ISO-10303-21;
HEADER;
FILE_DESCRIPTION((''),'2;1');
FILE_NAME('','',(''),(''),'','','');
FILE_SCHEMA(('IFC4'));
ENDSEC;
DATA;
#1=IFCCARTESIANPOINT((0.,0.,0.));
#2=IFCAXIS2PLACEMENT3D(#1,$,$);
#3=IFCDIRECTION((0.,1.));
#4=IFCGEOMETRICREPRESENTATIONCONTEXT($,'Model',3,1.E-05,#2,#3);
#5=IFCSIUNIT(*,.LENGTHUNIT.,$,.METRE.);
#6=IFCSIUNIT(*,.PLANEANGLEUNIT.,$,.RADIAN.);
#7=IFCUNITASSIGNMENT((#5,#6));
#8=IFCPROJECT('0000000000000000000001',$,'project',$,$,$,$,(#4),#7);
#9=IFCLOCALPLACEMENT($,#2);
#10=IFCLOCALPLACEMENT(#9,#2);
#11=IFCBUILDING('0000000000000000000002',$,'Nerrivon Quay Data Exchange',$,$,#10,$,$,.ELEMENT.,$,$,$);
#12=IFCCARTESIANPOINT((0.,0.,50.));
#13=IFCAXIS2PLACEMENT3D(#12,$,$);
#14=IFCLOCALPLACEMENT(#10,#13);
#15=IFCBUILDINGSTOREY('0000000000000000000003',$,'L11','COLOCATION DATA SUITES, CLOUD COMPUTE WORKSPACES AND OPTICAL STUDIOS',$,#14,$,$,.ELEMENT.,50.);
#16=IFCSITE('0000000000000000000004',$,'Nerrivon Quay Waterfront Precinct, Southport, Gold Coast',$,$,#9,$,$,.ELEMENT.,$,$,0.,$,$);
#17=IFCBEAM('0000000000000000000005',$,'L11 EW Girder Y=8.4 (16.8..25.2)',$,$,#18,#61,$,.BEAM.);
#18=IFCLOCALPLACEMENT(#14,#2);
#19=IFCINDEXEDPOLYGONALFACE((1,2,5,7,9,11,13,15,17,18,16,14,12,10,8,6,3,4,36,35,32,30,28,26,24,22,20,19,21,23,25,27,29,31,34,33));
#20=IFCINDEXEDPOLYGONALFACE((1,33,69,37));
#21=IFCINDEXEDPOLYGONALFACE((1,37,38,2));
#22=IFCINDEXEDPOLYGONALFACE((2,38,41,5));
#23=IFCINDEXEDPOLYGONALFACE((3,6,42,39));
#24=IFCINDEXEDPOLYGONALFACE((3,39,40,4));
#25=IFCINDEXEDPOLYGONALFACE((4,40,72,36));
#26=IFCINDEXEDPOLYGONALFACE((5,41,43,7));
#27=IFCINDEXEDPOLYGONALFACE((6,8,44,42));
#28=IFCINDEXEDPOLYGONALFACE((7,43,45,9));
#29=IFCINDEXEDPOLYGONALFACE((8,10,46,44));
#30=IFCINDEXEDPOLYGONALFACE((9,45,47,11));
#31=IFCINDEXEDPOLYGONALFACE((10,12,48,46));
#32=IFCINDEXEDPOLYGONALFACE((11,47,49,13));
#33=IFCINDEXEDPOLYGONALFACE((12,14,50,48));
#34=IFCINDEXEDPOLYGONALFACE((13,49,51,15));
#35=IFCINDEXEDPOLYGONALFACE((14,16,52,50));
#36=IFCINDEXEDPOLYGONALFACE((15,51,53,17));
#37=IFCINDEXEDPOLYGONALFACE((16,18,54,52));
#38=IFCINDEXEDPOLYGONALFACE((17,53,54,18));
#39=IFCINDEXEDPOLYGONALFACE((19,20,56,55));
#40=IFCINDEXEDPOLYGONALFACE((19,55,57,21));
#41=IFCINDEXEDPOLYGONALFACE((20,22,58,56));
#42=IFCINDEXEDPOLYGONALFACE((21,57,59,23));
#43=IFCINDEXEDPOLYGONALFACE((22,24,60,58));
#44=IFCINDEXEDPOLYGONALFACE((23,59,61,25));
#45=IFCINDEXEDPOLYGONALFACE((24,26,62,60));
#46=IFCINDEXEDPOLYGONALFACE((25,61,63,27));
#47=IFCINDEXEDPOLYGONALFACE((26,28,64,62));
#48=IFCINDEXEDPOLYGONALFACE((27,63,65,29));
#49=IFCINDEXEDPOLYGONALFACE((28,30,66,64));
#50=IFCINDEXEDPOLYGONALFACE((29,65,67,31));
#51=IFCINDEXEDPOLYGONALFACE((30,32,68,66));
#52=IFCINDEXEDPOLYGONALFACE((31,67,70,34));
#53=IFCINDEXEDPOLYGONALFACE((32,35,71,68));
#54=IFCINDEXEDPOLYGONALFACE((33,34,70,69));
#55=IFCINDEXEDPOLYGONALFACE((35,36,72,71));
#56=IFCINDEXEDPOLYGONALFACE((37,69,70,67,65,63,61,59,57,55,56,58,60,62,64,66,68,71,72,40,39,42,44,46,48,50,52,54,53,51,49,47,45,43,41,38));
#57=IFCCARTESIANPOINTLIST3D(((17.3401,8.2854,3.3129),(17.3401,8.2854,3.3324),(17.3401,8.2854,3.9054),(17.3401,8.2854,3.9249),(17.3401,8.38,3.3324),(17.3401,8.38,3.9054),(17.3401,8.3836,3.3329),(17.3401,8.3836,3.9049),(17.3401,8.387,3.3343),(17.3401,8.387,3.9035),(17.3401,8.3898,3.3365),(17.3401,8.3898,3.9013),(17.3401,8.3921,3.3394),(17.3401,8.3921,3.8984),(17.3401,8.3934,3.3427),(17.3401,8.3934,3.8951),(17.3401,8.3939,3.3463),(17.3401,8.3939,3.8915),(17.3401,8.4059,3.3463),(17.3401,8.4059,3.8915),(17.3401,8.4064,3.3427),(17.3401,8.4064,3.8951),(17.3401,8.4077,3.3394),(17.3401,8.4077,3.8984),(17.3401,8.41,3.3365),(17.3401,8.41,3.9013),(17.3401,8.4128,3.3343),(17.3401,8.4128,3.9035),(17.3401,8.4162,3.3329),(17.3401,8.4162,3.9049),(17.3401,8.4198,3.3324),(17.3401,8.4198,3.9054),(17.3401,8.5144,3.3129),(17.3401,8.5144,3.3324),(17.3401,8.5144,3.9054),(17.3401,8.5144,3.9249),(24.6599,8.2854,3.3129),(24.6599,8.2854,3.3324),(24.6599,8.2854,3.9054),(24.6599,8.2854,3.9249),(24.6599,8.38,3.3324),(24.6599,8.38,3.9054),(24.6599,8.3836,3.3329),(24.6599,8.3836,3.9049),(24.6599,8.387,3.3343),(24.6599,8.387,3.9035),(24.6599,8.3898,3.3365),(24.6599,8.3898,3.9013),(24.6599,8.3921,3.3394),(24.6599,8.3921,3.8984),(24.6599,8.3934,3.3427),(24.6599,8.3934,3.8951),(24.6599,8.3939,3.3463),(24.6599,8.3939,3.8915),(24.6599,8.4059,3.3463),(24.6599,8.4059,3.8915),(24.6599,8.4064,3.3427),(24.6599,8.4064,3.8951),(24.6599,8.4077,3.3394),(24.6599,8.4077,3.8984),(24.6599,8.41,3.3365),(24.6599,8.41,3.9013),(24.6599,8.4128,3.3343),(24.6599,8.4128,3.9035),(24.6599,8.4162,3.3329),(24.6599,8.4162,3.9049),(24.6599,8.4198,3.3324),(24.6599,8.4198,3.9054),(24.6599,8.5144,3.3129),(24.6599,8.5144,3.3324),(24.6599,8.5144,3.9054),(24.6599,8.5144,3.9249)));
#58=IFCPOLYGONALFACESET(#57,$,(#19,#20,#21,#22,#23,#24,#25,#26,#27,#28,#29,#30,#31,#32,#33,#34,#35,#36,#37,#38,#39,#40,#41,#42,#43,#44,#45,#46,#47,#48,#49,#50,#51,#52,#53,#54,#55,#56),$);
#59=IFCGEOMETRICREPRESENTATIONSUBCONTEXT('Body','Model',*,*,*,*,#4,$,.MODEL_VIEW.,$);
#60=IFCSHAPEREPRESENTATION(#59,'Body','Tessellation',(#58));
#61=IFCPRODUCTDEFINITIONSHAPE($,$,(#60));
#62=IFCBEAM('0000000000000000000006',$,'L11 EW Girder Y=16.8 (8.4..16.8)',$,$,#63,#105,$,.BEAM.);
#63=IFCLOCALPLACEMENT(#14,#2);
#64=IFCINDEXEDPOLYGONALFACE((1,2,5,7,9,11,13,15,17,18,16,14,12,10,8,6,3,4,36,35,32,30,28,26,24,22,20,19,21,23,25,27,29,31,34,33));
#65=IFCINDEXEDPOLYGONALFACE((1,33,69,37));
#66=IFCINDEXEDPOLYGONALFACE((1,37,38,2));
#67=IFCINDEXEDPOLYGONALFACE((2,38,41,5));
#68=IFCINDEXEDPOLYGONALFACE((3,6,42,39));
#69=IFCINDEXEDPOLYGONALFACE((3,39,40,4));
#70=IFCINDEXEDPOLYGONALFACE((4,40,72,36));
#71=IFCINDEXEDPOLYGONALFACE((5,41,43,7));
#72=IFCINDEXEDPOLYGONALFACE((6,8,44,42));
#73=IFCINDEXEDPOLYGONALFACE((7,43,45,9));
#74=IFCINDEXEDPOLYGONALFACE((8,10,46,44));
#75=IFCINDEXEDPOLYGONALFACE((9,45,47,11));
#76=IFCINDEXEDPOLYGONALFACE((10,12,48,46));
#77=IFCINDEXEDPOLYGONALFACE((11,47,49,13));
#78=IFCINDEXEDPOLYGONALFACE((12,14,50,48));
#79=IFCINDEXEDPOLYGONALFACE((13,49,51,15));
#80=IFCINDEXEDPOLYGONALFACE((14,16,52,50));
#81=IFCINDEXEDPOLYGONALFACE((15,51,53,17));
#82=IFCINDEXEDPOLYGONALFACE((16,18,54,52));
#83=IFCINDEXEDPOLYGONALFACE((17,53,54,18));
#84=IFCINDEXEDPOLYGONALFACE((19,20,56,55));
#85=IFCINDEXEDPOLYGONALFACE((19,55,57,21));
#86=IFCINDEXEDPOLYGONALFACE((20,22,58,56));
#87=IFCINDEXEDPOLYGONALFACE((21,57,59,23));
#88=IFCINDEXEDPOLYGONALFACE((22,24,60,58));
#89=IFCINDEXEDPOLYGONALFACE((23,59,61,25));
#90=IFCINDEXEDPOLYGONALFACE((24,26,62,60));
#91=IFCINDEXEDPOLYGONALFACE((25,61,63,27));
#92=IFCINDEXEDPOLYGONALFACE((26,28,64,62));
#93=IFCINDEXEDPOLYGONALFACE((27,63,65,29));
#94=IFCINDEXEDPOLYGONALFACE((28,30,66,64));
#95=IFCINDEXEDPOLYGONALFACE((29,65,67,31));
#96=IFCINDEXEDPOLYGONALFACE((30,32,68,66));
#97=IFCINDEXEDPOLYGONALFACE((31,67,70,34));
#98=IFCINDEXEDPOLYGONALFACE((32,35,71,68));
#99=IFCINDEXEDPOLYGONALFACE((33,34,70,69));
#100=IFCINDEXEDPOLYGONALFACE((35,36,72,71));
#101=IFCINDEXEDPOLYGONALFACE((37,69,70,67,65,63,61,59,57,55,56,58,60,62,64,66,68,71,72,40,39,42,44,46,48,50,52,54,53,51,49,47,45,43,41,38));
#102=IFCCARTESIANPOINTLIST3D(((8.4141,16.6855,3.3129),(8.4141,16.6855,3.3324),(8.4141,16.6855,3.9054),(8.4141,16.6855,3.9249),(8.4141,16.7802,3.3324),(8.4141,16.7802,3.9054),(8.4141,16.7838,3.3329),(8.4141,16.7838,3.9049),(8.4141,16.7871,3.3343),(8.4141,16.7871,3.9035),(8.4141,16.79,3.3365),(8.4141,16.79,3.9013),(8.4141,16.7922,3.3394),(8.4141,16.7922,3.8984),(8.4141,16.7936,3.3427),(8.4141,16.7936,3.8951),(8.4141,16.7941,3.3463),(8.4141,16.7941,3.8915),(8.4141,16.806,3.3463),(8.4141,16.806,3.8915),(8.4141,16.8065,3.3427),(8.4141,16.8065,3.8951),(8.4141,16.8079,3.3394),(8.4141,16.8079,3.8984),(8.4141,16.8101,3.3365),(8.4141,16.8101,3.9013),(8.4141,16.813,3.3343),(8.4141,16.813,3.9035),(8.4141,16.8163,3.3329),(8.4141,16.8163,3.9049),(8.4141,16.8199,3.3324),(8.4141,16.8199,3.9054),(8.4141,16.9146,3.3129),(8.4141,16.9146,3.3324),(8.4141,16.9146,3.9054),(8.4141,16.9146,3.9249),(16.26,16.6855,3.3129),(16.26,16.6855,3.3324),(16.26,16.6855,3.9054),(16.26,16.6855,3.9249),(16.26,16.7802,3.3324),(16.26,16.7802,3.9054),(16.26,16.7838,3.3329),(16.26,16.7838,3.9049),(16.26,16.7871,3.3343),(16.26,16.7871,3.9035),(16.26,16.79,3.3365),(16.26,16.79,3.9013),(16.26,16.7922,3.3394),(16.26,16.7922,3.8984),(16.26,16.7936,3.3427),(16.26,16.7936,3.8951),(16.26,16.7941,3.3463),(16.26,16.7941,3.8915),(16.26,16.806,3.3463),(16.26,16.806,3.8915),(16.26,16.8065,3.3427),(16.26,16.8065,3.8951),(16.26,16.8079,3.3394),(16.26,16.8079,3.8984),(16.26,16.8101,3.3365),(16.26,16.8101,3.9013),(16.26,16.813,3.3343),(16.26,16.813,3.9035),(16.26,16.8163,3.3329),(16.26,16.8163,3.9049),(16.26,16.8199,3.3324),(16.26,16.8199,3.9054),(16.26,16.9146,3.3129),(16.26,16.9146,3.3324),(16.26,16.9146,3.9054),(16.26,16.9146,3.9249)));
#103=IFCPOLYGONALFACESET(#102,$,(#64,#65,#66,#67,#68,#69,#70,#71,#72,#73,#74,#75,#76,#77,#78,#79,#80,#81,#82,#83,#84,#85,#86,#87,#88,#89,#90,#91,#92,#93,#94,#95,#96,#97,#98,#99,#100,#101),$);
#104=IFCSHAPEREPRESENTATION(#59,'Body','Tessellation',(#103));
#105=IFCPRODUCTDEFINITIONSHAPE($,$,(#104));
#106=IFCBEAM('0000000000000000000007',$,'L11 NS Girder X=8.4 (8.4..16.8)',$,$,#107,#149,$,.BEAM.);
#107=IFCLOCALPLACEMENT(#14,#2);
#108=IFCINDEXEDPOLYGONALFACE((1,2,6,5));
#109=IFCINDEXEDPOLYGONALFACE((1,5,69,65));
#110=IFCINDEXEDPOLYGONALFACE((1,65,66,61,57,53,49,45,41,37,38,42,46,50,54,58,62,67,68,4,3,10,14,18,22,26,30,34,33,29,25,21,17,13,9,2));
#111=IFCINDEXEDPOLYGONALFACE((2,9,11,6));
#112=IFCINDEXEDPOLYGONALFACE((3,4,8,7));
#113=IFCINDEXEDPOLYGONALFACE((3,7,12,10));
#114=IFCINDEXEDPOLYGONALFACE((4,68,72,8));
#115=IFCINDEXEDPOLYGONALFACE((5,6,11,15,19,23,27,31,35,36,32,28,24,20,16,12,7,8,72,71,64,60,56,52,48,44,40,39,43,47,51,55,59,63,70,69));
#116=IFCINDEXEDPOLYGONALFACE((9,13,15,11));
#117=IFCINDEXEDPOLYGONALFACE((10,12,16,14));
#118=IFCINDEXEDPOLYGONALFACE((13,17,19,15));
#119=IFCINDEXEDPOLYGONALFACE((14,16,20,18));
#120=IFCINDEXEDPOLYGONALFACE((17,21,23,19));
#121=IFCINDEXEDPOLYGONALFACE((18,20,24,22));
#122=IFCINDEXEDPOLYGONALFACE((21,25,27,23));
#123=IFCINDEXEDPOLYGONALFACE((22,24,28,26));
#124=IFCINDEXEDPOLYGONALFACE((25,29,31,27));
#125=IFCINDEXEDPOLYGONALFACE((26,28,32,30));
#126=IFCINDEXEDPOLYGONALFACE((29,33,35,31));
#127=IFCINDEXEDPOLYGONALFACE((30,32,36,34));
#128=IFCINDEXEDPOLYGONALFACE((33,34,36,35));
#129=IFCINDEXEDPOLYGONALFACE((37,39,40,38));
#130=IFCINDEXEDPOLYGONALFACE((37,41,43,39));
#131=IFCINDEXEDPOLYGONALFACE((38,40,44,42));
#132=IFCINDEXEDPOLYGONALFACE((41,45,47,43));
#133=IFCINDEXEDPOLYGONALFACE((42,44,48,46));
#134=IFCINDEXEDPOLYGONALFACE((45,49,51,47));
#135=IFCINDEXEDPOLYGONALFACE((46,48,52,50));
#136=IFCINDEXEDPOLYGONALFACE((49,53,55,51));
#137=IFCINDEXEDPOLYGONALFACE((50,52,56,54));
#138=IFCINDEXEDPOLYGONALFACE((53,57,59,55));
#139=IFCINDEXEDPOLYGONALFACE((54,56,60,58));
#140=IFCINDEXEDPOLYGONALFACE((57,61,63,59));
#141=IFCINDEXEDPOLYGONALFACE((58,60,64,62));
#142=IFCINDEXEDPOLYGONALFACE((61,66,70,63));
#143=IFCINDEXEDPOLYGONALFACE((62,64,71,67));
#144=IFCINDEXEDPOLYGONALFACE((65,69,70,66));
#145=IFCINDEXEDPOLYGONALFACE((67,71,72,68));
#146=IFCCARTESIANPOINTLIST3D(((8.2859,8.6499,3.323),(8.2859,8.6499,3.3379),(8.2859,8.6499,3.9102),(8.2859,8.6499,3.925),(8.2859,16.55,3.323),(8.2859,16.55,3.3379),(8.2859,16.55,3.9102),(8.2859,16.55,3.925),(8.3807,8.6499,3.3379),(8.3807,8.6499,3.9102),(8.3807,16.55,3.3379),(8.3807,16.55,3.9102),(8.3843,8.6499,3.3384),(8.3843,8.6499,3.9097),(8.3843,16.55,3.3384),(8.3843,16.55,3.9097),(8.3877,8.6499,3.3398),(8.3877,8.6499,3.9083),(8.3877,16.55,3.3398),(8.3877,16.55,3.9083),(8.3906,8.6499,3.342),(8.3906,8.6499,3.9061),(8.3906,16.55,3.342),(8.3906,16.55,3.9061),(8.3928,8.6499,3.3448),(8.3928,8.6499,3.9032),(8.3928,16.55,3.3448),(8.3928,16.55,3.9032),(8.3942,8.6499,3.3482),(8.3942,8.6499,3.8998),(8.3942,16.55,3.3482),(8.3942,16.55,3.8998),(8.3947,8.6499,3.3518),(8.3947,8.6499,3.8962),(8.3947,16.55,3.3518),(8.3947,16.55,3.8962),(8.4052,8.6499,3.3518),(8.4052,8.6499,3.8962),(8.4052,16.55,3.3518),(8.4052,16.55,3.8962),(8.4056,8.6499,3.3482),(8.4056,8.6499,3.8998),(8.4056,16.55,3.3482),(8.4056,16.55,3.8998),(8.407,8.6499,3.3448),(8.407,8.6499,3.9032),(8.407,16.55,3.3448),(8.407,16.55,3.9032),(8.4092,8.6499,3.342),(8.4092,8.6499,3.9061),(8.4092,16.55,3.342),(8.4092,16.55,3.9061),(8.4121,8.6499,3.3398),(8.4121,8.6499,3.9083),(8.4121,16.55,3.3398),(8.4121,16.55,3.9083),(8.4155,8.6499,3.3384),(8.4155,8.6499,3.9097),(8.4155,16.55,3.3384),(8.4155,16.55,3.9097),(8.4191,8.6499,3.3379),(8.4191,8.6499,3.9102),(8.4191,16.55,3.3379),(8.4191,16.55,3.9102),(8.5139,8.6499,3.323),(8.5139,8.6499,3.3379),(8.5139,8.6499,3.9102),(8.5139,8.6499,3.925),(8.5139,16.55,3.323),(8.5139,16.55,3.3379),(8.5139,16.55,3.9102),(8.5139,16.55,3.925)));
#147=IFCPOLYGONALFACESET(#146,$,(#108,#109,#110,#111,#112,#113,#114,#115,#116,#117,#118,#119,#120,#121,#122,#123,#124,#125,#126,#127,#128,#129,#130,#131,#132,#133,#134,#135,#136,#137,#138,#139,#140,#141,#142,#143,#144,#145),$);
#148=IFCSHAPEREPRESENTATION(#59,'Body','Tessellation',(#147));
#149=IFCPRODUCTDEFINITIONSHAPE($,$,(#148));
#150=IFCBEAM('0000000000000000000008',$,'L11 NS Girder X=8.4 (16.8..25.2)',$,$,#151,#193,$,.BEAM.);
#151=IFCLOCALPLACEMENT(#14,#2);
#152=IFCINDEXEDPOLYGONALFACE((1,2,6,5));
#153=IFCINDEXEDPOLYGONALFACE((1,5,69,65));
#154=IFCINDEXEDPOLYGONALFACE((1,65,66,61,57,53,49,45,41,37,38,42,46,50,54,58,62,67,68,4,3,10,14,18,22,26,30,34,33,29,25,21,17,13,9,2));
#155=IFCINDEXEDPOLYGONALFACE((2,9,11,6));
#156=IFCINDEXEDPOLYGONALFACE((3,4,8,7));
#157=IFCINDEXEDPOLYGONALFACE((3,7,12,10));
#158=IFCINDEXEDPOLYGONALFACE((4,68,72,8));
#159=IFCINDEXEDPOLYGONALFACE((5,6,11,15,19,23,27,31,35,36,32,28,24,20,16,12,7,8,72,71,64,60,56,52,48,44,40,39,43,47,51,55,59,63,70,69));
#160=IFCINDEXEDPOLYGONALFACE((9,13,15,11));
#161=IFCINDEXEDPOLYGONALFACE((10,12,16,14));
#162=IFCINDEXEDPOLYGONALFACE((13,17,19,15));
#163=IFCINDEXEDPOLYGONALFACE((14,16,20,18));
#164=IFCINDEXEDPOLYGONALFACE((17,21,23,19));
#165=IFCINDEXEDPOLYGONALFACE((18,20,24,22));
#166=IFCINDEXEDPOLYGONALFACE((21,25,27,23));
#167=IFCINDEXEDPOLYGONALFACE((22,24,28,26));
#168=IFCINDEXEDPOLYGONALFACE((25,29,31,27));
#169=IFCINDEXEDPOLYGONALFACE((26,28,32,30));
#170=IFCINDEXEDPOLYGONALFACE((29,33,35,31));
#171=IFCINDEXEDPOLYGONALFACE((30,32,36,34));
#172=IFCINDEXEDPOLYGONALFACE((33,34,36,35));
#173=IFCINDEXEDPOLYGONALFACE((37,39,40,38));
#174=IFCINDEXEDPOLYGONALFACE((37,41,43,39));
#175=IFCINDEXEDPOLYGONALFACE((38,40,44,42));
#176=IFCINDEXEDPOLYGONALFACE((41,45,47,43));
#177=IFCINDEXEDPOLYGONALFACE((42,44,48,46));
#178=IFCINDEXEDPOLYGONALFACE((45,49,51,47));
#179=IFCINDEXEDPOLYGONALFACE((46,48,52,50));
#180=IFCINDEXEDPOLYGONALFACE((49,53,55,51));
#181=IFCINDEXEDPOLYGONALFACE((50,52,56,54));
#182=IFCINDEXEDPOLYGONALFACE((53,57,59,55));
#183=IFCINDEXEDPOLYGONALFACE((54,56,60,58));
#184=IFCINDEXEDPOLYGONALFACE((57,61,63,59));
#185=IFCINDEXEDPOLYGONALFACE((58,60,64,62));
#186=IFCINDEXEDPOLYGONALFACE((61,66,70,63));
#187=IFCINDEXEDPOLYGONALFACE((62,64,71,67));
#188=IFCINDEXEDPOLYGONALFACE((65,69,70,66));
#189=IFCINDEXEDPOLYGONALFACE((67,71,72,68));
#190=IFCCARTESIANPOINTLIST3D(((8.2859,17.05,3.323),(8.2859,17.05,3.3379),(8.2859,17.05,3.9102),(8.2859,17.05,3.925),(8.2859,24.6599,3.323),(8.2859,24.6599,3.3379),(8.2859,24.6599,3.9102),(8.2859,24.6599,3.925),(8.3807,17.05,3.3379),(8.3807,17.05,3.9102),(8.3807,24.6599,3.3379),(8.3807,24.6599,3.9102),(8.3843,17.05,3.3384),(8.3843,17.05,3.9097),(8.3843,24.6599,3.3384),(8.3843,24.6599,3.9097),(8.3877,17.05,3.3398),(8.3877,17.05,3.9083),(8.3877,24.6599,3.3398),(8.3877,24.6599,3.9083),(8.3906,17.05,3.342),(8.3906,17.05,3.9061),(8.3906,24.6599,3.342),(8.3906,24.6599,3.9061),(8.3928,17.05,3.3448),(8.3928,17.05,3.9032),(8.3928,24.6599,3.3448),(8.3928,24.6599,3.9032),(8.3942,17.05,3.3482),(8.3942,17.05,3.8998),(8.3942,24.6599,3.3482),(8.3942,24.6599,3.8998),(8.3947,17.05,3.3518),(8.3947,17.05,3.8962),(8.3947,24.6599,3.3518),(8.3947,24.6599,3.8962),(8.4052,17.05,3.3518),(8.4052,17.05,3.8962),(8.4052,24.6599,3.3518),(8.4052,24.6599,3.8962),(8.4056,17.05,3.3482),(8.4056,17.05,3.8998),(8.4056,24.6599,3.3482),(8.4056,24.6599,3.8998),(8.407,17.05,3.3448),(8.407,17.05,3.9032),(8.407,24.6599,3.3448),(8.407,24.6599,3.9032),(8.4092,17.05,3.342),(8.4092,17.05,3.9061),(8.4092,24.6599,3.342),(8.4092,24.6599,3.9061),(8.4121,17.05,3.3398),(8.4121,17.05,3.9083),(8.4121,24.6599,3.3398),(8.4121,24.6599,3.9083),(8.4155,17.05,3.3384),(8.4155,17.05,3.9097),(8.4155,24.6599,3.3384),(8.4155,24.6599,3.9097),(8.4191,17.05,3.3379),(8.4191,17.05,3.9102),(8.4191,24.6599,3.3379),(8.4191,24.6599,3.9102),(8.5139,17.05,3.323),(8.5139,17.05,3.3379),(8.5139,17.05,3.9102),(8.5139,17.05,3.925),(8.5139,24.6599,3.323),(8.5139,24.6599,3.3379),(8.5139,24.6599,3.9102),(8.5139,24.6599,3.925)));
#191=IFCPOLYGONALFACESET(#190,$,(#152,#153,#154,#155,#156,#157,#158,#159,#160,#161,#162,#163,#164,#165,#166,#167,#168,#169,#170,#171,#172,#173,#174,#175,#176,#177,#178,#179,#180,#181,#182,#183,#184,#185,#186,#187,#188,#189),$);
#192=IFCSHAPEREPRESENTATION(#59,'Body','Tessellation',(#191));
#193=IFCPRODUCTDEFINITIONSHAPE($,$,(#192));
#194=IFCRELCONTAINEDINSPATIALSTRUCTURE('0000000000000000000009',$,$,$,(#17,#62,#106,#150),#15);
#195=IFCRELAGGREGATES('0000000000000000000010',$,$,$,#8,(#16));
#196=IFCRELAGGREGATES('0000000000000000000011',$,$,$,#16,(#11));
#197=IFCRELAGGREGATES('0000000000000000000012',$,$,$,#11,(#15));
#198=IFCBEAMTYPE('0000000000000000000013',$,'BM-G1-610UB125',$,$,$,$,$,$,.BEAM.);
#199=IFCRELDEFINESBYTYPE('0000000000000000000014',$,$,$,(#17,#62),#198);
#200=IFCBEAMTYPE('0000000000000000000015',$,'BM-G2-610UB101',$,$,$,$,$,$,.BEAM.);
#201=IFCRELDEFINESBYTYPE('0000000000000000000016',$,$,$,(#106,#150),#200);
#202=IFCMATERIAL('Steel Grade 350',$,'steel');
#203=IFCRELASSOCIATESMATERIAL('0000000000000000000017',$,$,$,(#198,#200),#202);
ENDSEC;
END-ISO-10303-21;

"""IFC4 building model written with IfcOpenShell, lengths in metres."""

from ifc_helpers import new_model, si_unit, direction, frame, origin, origin_2d, place, context, subcontext, project, spatial, i_section, extrude, material, material_profile, profile_set, type_object, element, save


model = new_model("IFC4")

# Units and contexts
model_context = context("Model", 3, precision=1e-05, world=origin(), true_north=direction((0.0, 1.0)))
body_context = subcontext(model_context, "Body", "Model", "MODEL_VIEW")
ifc_project = project(units=[si_unit("LENGTHUNIT", "METRE"), si_unit("PLANEANGLEUNIT", "RADIAN")], contexts=[model_context])

# Site, building, storey
site_placement = place(None, origin())
site = spatial("IfcSite", under=ifc_project, at=site_placement, Name="Nerrivon Quay Waterfront Precinct, Southport, Gold Coast", CompositionType="ELEMENT", RefElevation=0.0)
building_placement = place(site_placement, origin())
building = spatial("IfcBuilding", under=site, at=building_placement, Name="Nerrivon Quay Data Exchange", CompositionType="ELEMENT")
storey_placement = place(building_placement, frame((0.0, 0.0, 50.0)))
storey = spatial("IfcBuildingStorey", under=building, at=storey_placement, Name="L11", Description="COLOCATION DATA SUITES, CLOUD COMPUTE WORKSPACES AND OPTICAL STUDIOS", CompositionType="ELEMENT", Elevation=50.0)

# Shared definitions
ifc_material_1 = material(Name="Steel Grade 350", Category="steel")

# Beams
ifc_material_profile_1 = material_profile(ifc_material_1, i_section(OverallWidth=0.229, OverallDepth=0.6121, WebThickness=0.012, FlangeThickness=0.0195, FilletRadius=0.0139, at=origin_2d()), Name="610UB125")
ifc_profile_set_1 = profile_set([ifc_material_profile_1], Name="Steel Grade 350")
beam_type_1 = type_object("IfcBeamType", Name="BM-G1-610UB125", PredefinedType="BEAM", material=ifc_profile_set_1)
beam_1_placement = place(storey_placement, frame((17.3401, 8.3999, 3.6189), z_axis=(1.0, 0.0, 0.0), x_axis=(0.0, 1.0, 0.0)))
element("IfcBeam", 1, at=beam_1_placement, inside=storey, type_object=beam_type_1, Name="L11 EW Girder Y=8.4 (16.8..25.2)", PredefinedType="BEAM", context=body_context, shape_type="SweptSolid", body=[
    extrude(i_section(OverallWidth=0.229, OverallDepth=0.6121, WebThickness=0.012, FlangeThickness=0.0195, FilletRadius=0.0139, at=origin_2d()), origin(), (0.0, 0.0, 1.0), 7.3198),
])
beam_2_placement = place(storey_placement, frame((8.4141, 16.8, 3.6189), z_axis=(1.0, 0.0, 0.0), x_axis=(0.0, 1.0, 0.0)))
element("IfcBeam", 2, at=beam_2_placement, inside=storey, type_object=beam_type_1, Name="L11 EW Girder Y=16.8 (8.4..16.8)", PredefinedType="BEAM", context=body_context, shape_type="SweptSolid", body=[
    extrude(i_section(OverallWidth=0.229, OverallDepth=0.6121, WebThickness=0.012, FlangeThickness=0.0195, FilletRadius=0.0139, at=origin_2d()), origin(), (0.0, 0.0, 1.0), 7.8459),
])
ifc_material_profile_2 = material_profile(ifc_material_1, i_section(OverallWidth=0.228, OverallDepth=0.6021, WebThickness=0.0105, FlangeThickness=0.0149, FilletRadius=0.0139, at=origin_2d()), Name="610UB101")
ifc_profile_set_2 = profile_set([ifc_material_profile_2], Name="Steel Grade 350")
beam_type_2 = type_object("IfcBeamType", Name="BM-G2-610UB101", PredefinedType="BEAM", material=ifc_profile_set_2)
beam_3_placement = place(storey_placement, frame((8.3999, 8.6499, 3.624), z_axis=(0.0, 1.0, 0.0), x_axis=(-1.0, 0.0, 0.0)))
element("IfcBeam", 3, at=beam_3_placement, inside=storey, type_object=beam_type_2, Name="L11 NS Girder X=8.4 (8.4..16.8)", PredefinedType="BEAM", context=body_context, shape_type="SweptSolid", body=[
    extrude(i_section(OverallWidth=0.228, OverallDepth=0.6021, WebThickness=0.0105, FlangeThickness=0.0149, FilletRadius=0.0139, at=origin_2d()), origin(), (0.0, 0.0, 1.0), 7.9001),
])
beam_4_placement = place(storey_placement, frame((8.3999, 17.05, 3.624), z_axis=(0.0, 1.0, 0.0), x_axis=(-1.0, 0.0, 0.0)))
element("IfcBeam", 4, at=beam_4_placement, inside=storey, type_object=beam_type_2, Name="L11 NS Girder X=8.4 (16.8..25.2)", PredefinedType="BEAM", context=body_context, shape_type="SweptSolid", body=[
    extrude(i_section(OverallWidth=0.228, OverallDepth=0.6021, WebThickness=0.0105, FlangeThickness=0.0149, FilletRadius=0.0139, at=origin_2d()), origin(), (0.0, 0.0, 1.0), 7.6099),
])

save(model, "model.ifc")
